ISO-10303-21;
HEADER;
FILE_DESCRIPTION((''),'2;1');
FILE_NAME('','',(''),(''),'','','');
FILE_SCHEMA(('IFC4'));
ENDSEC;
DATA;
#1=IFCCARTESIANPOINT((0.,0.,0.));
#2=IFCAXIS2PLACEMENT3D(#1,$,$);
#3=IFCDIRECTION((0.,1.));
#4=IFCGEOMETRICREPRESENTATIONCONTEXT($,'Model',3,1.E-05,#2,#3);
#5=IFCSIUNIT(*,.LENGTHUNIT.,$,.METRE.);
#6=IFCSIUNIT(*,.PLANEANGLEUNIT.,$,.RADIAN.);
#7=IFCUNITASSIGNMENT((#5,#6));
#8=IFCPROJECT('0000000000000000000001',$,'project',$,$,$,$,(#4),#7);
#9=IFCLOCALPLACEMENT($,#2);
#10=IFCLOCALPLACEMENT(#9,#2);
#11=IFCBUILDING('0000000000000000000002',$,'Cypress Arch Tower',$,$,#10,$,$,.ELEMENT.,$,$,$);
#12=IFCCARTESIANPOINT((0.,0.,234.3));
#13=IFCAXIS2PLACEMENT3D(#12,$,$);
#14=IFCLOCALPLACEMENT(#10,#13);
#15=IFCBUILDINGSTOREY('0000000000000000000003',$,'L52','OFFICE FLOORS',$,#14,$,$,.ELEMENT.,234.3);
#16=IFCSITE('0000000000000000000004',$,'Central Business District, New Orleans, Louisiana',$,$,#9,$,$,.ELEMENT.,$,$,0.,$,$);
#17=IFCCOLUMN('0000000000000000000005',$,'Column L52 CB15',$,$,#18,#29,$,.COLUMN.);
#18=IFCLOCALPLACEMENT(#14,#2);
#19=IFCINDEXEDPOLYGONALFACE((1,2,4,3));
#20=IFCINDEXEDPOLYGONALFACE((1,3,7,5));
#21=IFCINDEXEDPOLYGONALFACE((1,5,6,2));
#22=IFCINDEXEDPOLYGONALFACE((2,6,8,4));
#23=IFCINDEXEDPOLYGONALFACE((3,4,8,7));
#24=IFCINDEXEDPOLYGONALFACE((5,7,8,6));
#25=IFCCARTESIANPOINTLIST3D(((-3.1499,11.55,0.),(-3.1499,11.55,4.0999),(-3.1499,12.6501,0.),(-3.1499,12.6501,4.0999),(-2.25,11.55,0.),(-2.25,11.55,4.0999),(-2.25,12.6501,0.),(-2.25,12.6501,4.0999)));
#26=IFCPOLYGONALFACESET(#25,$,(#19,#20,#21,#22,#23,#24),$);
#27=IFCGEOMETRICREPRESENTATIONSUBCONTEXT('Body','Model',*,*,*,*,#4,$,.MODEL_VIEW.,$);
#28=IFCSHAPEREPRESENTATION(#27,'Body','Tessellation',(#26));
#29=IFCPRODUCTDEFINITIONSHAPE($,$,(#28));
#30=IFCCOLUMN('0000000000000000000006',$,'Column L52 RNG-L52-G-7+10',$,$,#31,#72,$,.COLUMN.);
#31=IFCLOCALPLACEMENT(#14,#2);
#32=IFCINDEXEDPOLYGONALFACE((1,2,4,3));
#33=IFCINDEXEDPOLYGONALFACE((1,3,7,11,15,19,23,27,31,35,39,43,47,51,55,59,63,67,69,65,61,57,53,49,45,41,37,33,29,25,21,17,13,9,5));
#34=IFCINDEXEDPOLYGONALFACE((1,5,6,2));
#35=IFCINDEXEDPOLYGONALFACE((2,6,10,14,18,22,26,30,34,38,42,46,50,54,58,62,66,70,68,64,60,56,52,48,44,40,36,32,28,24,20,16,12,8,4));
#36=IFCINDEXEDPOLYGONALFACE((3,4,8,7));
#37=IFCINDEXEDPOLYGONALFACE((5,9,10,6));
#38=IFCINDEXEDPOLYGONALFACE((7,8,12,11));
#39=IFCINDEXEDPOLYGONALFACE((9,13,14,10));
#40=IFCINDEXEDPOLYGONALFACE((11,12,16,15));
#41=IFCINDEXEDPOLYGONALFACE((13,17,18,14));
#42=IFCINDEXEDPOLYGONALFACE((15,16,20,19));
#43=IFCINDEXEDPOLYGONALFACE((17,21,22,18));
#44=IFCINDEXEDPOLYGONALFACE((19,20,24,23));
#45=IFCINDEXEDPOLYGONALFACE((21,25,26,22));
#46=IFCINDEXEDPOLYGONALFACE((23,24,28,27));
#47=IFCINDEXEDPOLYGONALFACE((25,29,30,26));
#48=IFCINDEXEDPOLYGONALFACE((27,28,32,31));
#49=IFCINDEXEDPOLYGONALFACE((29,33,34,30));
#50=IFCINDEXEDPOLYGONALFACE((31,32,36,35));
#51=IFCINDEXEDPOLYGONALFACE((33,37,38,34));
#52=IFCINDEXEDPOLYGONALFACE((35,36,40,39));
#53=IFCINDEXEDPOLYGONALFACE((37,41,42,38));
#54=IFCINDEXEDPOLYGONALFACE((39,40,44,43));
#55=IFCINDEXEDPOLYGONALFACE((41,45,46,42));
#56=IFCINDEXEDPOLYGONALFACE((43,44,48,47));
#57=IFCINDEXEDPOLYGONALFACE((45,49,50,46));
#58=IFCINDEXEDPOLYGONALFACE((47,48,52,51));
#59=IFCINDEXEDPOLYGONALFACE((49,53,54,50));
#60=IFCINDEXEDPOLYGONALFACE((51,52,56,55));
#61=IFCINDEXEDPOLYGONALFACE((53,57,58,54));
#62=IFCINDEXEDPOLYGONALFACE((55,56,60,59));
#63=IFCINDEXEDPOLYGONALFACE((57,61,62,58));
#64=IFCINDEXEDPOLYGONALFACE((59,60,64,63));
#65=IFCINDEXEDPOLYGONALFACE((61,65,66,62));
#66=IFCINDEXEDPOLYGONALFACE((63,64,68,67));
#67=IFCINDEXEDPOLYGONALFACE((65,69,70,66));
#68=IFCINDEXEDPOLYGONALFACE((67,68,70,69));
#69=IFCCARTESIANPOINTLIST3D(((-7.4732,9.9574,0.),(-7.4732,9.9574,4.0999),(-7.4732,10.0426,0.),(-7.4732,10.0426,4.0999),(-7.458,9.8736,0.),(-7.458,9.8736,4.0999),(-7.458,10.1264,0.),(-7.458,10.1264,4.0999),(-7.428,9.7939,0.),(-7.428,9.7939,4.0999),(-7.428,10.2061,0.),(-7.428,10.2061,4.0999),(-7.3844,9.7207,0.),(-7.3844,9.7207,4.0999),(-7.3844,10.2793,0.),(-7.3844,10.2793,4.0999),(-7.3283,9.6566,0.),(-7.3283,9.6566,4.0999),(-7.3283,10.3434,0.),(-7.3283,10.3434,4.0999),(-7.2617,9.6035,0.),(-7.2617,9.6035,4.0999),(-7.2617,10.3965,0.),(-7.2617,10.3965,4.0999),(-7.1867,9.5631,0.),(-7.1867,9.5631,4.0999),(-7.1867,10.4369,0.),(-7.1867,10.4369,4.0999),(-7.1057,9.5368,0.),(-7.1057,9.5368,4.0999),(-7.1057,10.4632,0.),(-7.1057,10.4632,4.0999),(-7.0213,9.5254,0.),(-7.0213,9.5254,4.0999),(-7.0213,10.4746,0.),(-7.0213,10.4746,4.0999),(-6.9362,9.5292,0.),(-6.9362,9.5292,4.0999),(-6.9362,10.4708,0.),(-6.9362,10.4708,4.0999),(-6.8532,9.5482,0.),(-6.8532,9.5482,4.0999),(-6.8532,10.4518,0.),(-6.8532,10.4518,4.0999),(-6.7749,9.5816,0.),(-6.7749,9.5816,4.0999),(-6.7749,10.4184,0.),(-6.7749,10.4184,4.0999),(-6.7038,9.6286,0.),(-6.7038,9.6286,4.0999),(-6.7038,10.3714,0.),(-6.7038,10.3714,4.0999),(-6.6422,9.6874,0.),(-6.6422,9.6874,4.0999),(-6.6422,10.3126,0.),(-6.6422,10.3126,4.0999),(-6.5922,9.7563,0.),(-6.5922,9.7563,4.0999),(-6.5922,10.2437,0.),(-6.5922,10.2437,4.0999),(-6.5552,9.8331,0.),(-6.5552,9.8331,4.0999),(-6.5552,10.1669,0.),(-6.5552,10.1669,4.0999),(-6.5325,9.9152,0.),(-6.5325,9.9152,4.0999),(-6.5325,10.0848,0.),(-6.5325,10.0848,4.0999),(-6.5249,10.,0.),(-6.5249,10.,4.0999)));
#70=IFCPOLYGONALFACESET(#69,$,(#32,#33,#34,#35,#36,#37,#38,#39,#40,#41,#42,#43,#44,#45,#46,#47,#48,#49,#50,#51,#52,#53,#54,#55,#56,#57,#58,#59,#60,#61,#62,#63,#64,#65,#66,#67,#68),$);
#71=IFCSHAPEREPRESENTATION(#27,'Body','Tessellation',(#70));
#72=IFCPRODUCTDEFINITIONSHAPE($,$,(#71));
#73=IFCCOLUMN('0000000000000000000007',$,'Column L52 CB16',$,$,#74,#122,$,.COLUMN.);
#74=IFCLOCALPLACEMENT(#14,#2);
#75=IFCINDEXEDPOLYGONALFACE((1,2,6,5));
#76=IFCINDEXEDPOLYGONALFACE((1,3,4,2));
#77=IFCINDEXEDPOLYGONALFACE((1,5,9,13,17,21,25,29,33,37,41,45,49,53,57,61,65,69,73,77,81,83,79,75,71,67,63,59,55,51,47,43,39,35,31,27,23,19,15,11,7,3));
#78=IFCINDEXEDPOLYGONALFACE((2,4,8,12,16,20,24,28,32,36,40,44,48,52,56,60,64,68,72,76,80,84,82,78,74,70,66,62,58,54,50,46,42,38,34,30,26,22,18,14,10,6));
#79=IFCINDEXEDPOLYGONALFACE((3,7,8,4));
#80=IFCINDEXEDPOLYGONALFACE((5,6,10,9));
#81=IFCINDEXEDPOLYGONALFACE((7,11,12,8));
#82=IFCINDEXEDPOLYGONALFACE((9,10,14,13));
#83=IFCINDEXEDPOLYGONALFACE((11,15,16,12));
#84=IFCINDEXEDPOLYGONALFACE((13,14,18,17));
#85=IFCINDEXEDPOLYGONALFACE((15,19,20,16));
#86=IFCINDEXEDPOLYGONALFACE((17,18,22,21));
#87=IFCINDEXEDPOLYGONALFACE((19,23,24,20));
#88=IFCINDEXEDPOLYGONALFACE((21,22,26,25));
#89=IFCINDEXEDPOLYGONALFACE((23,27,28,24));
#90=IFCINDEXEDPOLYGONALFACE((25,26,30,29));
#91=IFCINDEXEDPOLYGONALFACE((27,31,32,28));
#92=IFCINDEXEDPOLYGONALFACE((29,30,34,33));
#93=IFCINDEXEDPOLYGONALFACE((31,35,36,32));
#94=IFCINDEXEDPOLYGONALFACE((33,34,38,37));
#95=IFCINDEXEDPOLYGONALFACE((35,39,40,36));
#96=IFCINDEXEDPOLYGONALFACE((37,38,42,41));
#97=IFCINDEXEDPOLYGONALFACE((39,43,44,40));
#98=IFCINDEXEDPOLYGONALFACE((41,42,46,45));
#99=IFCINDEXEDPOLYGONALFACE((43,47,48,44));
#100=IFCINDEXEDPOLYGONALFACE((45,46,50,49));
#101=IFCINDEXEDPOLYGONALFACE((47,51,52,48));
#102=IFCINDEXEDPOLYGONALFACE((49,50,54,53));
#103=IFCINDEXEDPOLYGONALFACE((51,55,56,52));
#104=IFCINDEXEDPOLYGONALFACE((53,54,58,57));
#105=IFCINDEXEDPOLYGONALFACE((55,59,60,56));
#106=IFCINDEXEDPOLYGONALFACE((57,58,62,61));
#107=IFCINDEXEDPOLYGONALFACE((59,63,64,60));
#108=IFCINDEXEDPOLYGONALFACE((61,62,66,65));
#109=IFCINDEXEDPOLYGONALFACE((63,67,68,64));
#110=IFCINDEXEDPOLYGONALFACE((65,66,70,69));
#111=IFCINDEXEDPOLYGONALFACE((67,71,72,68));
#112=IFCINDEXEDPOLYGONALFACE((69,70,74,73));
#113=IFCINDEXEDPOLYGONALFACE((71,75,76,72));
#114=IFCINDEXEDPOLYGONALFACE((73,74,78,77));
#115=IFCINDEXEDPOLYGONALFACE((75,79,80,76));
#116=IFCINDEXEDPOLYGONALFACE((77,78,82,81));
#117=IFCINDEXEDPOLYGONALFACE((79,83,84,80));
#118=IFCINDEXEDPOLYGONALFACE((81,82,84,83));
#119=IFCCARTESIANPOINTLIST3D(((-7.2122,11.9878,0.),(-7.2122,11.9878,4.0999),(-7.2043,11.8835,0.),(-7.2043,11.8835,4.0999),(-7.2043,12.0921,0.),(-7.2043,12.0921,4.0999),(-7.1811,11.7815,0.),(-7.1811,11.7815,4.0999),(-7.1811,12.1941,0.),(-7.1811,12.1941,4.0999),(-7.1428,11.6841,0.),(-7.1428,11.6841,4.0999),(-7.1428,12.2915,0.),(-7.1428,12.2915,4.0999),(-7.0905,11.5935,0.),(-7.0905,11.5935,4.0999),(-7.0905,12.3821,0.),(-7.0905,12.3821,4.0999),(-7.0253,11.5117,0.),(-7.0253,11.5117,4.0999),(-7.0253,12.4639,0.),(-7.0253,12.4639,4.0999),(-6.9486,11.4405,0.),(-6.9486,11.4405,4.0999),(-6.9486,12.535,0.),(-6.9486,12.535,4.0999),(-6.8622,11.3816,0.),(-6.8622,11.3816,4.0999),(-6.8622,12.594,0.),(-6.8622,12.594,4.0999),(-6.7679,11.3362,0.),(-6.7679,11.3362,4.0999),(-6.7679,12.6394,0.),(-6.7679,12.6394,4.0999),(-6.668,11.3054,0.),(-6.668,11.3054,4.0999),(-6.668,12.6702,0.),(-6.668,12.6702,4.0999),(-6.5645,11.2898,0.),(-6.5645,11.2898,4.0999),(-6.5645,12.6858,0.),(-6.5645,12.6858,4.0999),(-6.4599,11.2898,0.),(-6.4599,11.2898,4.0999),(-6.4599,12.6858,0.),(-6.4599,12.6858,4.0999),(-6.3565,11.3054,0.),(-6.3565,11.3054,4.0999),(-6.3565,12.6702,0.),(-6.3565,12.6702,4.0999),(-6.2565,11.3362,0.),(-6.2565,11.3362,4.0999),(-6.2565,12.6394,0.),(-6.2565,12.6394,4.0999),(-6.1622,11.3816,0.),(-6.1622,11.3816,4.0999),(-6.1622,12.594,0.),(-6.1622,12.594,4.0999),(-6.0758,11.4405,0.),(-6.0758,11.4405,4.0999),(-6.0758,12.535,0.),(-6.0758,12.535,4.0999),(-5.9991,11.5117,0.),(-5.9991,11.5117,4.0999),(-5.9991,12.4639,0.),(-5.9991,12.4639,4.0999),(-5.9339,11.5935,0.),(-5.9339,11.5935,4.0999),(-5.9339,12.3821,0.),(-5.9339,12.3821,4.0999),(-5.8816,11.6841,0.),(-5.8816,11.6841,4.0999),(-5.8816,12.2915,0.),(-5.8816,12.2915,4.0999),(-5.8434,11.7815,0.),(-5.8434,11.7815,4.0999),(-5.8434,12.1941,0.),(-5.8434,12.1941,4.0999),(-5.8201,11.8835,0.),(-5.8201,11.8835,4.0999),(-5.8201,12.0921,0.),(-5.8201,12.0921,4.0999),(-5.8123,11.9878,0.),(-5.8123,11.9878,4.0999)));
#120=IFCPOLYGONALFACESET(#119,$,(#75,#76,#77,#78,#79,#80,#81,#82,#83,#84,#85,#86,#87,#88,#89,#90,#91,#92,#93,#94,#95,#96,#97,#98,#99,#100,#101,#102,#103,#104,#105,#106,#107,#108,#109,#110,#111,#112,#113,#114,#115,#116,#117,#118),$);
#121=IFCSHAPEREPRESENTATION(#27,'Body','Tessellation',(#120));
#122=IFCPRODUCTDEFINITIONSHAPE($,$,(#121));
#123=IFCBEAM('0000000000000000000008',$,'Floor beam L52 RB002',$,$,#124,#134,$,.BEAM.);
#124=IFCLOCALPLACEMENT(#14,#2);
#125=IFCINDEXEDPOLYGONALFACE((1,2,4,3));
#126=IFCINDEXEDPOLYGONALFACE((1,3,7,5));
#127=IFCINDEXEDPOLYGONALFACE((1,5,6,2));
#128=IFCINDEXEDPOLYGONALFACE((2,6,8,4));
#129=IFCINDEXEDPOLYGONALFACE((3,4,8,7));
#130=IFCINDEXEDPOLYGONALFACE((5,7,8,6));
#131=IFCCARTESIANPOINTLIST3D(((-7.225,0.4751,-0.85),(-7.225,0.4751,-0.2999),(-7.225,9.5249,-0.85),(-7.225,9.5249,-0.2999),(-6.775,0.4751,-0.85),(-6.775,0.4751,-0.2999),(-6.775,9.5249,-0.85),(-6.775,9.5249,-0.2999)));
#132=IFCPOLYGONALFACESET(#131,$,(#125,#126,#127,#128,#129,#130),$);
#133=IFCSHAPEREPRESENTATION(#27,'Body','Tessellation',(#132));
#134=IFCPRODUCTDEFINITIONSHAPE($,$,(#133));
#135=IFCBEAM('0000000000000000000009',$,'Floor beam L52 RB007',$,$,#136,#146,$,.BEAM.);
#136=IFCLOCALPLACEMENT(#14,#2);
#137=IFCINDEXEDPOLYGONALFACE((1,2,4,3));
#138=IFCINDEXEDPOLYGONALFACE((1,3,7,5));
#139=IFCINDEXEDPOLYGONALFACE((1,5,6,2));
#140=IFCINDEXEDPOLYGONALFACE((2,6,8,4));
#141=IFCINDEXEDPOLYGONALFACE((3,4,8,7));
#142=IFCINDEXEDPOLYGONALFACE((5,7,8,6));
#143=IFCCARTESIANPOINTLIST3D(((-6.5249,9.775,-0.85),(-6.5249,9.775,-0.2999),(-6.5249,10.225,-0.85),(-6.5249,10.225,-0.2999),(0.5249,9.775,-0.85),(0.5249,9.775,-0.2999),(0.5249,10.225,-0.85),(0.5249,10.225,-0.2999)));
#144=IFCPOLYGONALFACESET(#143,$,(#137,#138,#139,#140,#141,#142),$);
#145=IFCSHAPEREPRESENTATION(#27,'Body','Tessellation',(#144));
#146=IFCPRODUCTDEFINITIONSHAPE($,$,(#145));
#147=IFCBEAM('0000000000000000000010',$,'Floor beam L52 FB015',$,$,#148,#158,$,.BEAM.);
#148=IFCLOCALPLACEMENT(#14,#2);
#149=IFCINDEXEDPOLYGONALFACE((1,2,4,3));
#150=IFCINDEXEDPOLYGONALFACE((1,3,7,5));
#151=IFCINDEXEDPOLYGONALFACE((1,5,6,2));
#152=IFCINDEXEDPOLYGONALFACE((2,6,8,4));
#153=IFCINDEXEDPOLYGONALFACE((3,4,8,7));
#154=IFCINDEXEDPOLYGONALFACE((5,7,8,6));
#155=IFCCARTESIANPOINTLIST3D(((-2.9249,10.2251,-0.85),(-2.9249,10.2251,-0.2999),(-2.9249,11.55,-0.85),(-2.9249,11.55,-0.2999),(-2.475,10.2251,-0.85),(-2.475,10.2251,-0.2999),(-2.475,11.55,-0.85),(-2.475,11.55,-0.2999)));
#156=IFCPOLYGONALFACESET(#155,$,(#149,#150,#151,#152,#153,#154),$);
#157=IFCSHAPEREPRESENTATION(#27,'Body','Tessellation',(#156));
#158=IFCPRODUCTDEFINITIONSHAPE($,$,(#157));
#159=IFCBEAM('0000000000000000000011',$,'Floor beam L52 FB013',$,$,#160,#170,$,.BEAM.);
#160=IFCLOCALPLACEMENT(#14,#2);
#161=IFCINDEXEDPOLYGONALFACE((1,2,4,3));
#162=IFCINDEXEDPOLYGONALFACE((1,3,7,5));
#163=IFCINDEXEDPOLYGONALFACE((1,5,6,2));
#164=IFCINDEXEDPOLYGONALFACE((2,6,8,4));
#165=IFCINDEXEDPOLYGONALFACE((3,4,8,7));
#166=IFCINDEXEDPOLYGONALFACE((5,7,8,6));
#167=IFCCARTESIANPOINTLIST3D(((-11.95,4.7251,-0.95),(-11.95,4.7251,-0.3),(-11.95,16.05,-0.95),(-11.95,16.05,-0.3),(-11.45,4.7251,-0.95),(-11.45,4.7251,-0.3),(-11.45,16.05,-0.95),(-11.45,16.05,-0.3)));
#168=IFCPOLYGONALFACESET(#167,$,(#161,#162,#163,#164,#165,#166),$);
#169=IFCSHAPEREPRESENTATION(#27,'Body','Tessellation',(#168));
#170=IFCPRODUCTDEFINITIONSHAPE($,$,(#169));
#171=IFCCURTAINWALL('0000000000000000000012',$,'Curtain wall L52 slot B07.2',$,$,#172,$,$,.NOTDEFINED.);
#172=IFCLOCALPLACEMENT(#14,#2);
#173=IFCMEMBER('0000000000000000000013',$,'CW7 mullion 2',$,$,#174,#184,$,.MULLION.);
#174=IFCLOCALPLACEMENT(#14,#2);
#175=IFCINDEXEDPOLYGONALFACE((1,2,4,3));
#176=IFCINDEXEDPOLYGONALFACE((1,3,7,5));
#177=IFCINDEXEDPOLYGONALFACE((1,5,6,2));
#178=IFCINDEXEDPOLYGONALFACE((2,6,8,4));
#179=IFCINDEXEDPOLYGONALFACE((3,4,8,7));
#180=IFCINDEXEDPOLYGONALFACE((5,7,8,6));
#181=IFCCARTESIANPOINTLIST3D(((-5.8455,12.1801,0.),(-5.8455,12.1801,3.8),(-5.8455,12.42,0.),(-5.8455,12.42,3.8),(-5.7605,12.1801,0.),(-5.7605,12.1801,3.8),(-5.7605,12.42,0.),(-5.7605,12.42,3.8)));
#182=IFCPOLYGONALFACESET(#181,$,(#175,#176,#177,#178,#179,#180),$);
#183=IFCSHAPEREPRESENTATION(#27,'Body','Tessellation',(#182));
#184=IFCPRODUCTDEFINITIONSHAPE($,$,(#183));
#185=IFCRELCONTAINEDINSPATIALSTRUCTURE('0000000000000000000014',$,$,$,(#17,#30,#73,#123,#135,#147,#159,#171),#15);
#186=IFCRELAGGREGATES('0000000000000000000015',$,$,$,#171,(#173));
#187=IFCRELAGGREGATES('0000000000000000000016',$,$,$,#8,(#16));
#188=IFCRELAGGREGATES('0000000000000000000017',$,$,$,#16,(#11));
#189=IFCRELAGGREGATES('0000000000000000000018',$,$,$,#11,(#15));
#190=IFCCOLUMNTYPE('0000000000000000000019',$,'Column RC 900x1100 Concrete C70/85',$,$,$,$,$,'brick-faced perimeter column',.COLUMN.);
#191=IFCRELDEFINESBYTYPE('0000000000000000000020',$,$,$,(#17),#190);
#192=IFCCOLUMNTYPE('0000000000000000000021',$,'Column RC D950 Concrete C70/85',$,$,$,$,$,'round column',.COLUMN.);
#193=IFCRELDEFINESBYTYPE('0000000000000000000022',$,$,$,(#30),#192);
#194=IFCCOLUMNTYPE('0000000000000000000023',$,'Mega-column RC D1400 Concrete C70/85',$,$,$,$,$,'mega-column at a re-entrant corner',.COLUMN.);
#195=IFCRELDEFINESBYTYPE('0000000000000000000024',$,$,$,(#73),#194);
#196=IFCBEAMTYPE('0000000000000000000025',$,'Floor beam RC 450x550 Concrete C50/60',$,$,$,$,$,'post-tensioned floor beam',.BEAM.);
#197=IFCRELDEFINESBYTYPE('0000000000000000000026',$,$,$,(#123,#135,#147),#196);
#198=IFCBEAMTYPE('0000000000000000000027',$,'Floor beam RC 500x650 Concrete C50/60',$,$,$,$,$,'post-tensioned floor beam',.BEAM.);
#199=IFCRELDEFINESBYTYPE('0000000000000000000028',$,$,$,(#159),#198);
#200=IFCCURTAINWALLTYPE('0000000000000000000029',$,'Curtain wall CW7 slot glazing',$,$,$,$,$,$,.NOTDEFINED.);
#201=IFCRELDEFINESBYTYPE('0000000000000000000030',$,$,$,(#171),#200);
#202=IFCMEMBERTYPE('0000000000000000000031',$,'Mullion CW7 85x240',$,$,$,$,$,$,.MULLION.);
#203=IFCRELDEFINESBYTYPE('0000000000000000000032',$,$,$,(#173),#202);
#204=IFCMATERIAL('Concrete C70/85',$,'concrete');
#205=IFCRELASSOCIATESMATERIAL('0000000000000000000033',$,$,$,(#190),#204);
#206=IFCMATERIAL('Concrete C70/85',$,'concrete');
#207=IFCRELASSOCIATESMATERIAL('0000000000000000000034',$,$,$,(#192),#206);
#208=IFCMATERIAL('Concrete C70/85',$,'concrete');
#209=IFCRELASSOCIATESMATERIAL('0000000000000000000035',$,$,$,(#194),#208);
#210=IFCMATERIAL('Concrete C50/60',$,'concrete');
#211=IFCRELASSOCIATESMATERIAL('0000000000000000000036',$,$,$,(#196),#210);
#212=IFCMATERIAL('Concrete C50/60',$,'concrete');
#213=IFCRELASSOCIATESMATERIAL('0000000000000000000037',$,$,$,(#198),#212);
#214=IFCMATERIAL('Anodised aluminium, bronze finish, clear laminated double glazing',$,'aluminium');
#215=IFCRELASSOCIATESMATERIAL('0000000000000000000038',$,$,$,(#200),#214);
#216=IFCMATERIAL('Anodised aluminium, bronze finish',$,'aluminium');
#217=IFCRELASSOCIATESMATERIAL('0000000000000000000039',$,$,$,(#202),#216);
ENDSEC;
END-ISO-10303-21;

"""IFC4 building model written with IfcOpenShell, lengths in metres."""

from ifc_helpers import new_model, si_unit, direction, frame, origin, origin_2d, place, context, subcontext, project, spatial, rectangle, circle, extrude, material, material_profile, profile_set, type_object, element, aggregate, save


model = new_model("IFC4")

# Units and contexts
model_context = context("Model", 3, precision=1e-05, world=origin(), true_north=direction((0.0, 1.0)))
body_context = subcontext(model_context, "Body", "Model", "MODEL_VIEW")
ifc_project = project(units=[si_unit("LENGTHUNIT", "METRE"), si_unit("PLANEANGLEUNIT", "RADIAN")], contexts=[model_context])

# Site, building, storey
site_placement = place(None, origin())
site = spatial("IfcSite", under=ifc_project, at=site_placement, Name="Central Business District, New Orleans, Louisiana", CompositionType="ELEMENT", RefElevation=0.0)
building_placement = place(site_placement, origin())
building = spatial("IfcBuilding", under=site, at=building_placement, Name="Cypress Arch Tower", CompositionType="ELEMENT")
storey_placement = place(building_placement, frame((0.0, 0.0, 234.3)))
storey = spatial("IfcBuildingStorey", under=building, at=storey_placement, Name="L52", Description="OFFICE FLOORS", CompositionType="ELEMENT", Elevation=234.3)

# Columns
ifc_material_1 = material(Name="Concrete C70/85", Category="concrete")
ifc_material_profile_1 = material_profile(ifc_material_1, rectangle(XDim=0.8999, YDim=1.1001, at=origin_2d()), Name="RC 900x1100")
ifc_profile_set_1 = profile_set([ifc_material_profile_1], Name="Concrete C70/85")
column_type_1 = type_object("IfcColumnType", Name="Column RC 900x1100 Concrete C70/85", ElementType="brick-faced perimeter column", PredefinedType="COLUMN", material=ifc_profile_set_1)
column_1_placement = place(storey_placement, frame((-2.7, 12.1001, 0.0), z_axis=(0.0, 0.0, 1.0), x_axis=(-1.0, 0.0, 0.0)))
element("IfcColumn", 1, at=column_1_placement, inside=storey, type_object=column_type_1, Name="Column L52 CB15", PredefinedType="COLUMN", context=body_context, shape_type="SweptSolid", body=[
    extrude(rectangle(XDim=0.8999, YDim=1.1001, at=origin_2d()), origin(), (0.0, 0.0, 1.0), 4.0999),
])
ifc_material_2 = material(Name="Concrete C70/85", Category="concrete")
ifc_material_profile_2 = material_profile(ifc_material_2, circle(Radius=0.4751, at=origin_2d()), Name="RC D950")
ifc_profile_set_2 = profile_set([ifc_material_profile_2], Name="Concrete C70/85")
column_type_2 = type_object("IfcColumnType", Name="Column RC D950 Concrete C70/85", ElementType="round column", PredefinedType="COLUMN", material=ifc_profile_set_2)
column_2_placement = place(storey_placement, frame((-7.0, 10.0, 0.0), z_axis=(0.0, 0.0, 1.0), x_axis=(1.0, 0.0, 0.0)))
element("IfcColumn", 2, at=column_2_placement, inside=storey, type_object=column_type_2, Name="Column L52 RNG-L52-G-7+10", PredefinedType="COLUMN", context=body_context, shape_type="SweptSolid", body=[
    extrude(circle(Radius=0.4751, at=origin_2d()), origin(), (0.0, 0.0, 1.0), 4.0999),
])
ifc_material_3 = material(Name="Concrete C70/85", Category="concrete")
ifc_material_profile_3 = material_profile(ifc_material_3, circle(Radius=0.7, at=origin_2d()), Name="RC D1400")
ifc_profile_set_3 = profile_set([ifc_material_profile_3], Name="Concrete C70/85")
column_type_3 = type_object("IfcColumnType", Name="Mega-column RC D1400 Concrete C70/85", ElementType="mega-column at a re-entrant corner", PredefinedType="COLUMN", material=ifc_profile_set_3)
column_3_placement = place(storey_placement, frame((-6.5122, 11.9878, 0.0), z_axis=(0.0, 0.0, 1.0), x_axis=(1.0, 0.0, 0.0)))
element("IfcColumn", 3, at=column_3_placement, inside=storey, type_object=column_type_3, Name="Column L52 CB16", PredefinedType="COLUMN", context=body_context, shape_type="SweptSolid", body=[
    extrude(circle(Radius=0.7, at=origin_2d()), origin(), (0.0, 0.0, 1.0), 4.0999),
])

# Beams
ifc_material_4 = material(Name="Concrete C50/60", Category="concrete")
ifc_material_profile_4 = material_profile(ifc_material_4, rectangle(XDim=0.45, YDim=0.55, at=origin_2d()), Name="RC 450x550")
ifc_profile_set_4 = profile_set([ifc_material_profile_4], Name="Concrete C50/60")
beam_type_1 = type_object("IfcBeamType", Name="Floor beam RC 450x550 Concrete C50/60", ElementType="post-tensioned floor beam", PredefinedType="BEAM", material=ifc_profile_set_4)
beam_1_placement = place(storey_placement, frame((-7.0, 0.4751, -0.575), z_axis=(0.0, 1.0, 0.0), x_axis=(-1.0, 0.0, 0.0)))
element("IfcBeam", 4, at=beam_1_placement, inside=storey, type_object=beam_type_1, Name="Floor beam L52 RB002", PredefinedType="BEAM", context=body_context, shape_type="SweptSolid", body=[
    extrude(rectangle(XDim=0.45, YDim=0.55, at=origin_2d()), origin(), (0.0, 0.0, 1.0), 9.0498),
])
beam_2_placement = place(storey_placement, frame((-6.5249, 10.0, -0.575), z_axis=(1.0, 0.0, 0.0), x_axis=(0.0, 1.0, 0.0)))
element("IfcBeam", 5, at=beam_2_placement, inside=storey, type_object=beam_type_1, Name="Floor beam L52 RB007", PredefinedType="BEAM", context=body_context, shape_type="SweptSolid", body=[
    extrude(rectangle(XDim=0.45, YDim=0.55, at=origin_2d()), origin(), (0.0, 0.0, 1.0), 7.0498),
])
beam_3_placement = place(storey_placement, frame((-2.7, 10.2251, -0.575), z_axis=(0.0, 1.0, 0.0), x_axis=(-1.0, 0.0, 0.0)))
element("IfcBeam", 6, at=beam_3_placement, inside=storey, type_object=beam_type_1, Name="Floor beam L52 FB015", PredefinedType="BEAM", context=body_context, shape_type="SweptSolid", body=[
    extrude(rectangle(XDim=0.45, YDim=0.55, at=origin_2d()), origin(), (0.0, 0.0, 1.0), 1.325),
])
ifc_material_5 = material(Name="Concrete C50/60", Category="concrete")
ifc_material_profile_5 = material_profile(ifc_material_5, rectangle(XDim=0.5, YDim=0.6499, at=origin_2d()), Name="RC 500x650")
ifc_profile_set_5 = profile_set([ifc_material_profile_5], Name="Concrete C50/60")
beam_type_2 = type_object("IfcBeamType", Name="Floor beam RC 500x650 Concrete C50/60", ElementType="post-tensioned floor beam", PredefinedType="BEAM", material=ifc_profile_set_5)
beam_4_placement = place(storey_placement, frame((-11.7, 4.7251, -0.625), z_axis=(0.0, 1.0, 0.0), x_axis=(-1.0, 0.0, 0.0)))
element("IfcBeam", 7, at=beam_4_placement, inside=storey, type_object=beam_type_2, Name="Floor beam L52 FB013", PredefinedType="BEAM", context=body_context, shape_type="SweptSolid", body=[
    extrude(rectangle(XDim=0.5, YDim=0.6499, at=origin_2d()), origin(), (0.0, 0.0, 1.0), 11.325),
])

# Curtain wall, member
ifc_material_6 = material(Name="Anodised aluminium, bronze finish, clear laminated double glazing", Category="aluminium")
curtain_wall_type = type_object("IfcCurtainWallType", Name="Curtain wall CW7 slot glazing", PredefinedType="NOTDEFINED", material=ifc_material_6)
curtain_wall_placement = place(storey_placement, origin())
curtain_wall = element("IfcCurtainWall", 8, at=curtain_wall_placement, inside=storey, type_object=curtain_wall_type, Name="Curtain wall L52 slot B07.2", PredefinedType="NOTDEFINED")
ifc_material_7 = material(Name="Anodised aluminium, bronze finish", Category="aluminium")
ifc_material_profile_6 = material_profile(ifc_material_7, rectangle(XDim=0.24, YDim=0.085, at=origin_2d()), Name="Mullion 85x240")
ifc_profile_set_6 = profile_set([ifc_material_profile_6], Name="Anodised aluminium, bronze finish")
member_type_1 = type_object("IfcMemberType", Name="Mullion CW7 85x240", PredefinedType="MULLION", material=ifc_profile_set_6)
member_1_placement = place(storey_placement, frame((-5.803, 12.3, 0.0), z_axis=(0.0, 0.0, 1.0), x_axis=(0.0, -1.0, 0.0)))
member_1 = element("IfcMember", 9, at=member_1_placement, type_object=member_type_1, Name="CW7 mullion 2", PredefinedType="MULLION", context=body_context, shape_type="SweptSolid", body=[
    extrude(rectangle(XDim=0.24, YDim=0.085, at=origin_2d()), origin(), (0.0, 0.0, 1.0), 3.8),
])

aggregate(curtain_wall, [member_1])

save(model, "model.ifc")
